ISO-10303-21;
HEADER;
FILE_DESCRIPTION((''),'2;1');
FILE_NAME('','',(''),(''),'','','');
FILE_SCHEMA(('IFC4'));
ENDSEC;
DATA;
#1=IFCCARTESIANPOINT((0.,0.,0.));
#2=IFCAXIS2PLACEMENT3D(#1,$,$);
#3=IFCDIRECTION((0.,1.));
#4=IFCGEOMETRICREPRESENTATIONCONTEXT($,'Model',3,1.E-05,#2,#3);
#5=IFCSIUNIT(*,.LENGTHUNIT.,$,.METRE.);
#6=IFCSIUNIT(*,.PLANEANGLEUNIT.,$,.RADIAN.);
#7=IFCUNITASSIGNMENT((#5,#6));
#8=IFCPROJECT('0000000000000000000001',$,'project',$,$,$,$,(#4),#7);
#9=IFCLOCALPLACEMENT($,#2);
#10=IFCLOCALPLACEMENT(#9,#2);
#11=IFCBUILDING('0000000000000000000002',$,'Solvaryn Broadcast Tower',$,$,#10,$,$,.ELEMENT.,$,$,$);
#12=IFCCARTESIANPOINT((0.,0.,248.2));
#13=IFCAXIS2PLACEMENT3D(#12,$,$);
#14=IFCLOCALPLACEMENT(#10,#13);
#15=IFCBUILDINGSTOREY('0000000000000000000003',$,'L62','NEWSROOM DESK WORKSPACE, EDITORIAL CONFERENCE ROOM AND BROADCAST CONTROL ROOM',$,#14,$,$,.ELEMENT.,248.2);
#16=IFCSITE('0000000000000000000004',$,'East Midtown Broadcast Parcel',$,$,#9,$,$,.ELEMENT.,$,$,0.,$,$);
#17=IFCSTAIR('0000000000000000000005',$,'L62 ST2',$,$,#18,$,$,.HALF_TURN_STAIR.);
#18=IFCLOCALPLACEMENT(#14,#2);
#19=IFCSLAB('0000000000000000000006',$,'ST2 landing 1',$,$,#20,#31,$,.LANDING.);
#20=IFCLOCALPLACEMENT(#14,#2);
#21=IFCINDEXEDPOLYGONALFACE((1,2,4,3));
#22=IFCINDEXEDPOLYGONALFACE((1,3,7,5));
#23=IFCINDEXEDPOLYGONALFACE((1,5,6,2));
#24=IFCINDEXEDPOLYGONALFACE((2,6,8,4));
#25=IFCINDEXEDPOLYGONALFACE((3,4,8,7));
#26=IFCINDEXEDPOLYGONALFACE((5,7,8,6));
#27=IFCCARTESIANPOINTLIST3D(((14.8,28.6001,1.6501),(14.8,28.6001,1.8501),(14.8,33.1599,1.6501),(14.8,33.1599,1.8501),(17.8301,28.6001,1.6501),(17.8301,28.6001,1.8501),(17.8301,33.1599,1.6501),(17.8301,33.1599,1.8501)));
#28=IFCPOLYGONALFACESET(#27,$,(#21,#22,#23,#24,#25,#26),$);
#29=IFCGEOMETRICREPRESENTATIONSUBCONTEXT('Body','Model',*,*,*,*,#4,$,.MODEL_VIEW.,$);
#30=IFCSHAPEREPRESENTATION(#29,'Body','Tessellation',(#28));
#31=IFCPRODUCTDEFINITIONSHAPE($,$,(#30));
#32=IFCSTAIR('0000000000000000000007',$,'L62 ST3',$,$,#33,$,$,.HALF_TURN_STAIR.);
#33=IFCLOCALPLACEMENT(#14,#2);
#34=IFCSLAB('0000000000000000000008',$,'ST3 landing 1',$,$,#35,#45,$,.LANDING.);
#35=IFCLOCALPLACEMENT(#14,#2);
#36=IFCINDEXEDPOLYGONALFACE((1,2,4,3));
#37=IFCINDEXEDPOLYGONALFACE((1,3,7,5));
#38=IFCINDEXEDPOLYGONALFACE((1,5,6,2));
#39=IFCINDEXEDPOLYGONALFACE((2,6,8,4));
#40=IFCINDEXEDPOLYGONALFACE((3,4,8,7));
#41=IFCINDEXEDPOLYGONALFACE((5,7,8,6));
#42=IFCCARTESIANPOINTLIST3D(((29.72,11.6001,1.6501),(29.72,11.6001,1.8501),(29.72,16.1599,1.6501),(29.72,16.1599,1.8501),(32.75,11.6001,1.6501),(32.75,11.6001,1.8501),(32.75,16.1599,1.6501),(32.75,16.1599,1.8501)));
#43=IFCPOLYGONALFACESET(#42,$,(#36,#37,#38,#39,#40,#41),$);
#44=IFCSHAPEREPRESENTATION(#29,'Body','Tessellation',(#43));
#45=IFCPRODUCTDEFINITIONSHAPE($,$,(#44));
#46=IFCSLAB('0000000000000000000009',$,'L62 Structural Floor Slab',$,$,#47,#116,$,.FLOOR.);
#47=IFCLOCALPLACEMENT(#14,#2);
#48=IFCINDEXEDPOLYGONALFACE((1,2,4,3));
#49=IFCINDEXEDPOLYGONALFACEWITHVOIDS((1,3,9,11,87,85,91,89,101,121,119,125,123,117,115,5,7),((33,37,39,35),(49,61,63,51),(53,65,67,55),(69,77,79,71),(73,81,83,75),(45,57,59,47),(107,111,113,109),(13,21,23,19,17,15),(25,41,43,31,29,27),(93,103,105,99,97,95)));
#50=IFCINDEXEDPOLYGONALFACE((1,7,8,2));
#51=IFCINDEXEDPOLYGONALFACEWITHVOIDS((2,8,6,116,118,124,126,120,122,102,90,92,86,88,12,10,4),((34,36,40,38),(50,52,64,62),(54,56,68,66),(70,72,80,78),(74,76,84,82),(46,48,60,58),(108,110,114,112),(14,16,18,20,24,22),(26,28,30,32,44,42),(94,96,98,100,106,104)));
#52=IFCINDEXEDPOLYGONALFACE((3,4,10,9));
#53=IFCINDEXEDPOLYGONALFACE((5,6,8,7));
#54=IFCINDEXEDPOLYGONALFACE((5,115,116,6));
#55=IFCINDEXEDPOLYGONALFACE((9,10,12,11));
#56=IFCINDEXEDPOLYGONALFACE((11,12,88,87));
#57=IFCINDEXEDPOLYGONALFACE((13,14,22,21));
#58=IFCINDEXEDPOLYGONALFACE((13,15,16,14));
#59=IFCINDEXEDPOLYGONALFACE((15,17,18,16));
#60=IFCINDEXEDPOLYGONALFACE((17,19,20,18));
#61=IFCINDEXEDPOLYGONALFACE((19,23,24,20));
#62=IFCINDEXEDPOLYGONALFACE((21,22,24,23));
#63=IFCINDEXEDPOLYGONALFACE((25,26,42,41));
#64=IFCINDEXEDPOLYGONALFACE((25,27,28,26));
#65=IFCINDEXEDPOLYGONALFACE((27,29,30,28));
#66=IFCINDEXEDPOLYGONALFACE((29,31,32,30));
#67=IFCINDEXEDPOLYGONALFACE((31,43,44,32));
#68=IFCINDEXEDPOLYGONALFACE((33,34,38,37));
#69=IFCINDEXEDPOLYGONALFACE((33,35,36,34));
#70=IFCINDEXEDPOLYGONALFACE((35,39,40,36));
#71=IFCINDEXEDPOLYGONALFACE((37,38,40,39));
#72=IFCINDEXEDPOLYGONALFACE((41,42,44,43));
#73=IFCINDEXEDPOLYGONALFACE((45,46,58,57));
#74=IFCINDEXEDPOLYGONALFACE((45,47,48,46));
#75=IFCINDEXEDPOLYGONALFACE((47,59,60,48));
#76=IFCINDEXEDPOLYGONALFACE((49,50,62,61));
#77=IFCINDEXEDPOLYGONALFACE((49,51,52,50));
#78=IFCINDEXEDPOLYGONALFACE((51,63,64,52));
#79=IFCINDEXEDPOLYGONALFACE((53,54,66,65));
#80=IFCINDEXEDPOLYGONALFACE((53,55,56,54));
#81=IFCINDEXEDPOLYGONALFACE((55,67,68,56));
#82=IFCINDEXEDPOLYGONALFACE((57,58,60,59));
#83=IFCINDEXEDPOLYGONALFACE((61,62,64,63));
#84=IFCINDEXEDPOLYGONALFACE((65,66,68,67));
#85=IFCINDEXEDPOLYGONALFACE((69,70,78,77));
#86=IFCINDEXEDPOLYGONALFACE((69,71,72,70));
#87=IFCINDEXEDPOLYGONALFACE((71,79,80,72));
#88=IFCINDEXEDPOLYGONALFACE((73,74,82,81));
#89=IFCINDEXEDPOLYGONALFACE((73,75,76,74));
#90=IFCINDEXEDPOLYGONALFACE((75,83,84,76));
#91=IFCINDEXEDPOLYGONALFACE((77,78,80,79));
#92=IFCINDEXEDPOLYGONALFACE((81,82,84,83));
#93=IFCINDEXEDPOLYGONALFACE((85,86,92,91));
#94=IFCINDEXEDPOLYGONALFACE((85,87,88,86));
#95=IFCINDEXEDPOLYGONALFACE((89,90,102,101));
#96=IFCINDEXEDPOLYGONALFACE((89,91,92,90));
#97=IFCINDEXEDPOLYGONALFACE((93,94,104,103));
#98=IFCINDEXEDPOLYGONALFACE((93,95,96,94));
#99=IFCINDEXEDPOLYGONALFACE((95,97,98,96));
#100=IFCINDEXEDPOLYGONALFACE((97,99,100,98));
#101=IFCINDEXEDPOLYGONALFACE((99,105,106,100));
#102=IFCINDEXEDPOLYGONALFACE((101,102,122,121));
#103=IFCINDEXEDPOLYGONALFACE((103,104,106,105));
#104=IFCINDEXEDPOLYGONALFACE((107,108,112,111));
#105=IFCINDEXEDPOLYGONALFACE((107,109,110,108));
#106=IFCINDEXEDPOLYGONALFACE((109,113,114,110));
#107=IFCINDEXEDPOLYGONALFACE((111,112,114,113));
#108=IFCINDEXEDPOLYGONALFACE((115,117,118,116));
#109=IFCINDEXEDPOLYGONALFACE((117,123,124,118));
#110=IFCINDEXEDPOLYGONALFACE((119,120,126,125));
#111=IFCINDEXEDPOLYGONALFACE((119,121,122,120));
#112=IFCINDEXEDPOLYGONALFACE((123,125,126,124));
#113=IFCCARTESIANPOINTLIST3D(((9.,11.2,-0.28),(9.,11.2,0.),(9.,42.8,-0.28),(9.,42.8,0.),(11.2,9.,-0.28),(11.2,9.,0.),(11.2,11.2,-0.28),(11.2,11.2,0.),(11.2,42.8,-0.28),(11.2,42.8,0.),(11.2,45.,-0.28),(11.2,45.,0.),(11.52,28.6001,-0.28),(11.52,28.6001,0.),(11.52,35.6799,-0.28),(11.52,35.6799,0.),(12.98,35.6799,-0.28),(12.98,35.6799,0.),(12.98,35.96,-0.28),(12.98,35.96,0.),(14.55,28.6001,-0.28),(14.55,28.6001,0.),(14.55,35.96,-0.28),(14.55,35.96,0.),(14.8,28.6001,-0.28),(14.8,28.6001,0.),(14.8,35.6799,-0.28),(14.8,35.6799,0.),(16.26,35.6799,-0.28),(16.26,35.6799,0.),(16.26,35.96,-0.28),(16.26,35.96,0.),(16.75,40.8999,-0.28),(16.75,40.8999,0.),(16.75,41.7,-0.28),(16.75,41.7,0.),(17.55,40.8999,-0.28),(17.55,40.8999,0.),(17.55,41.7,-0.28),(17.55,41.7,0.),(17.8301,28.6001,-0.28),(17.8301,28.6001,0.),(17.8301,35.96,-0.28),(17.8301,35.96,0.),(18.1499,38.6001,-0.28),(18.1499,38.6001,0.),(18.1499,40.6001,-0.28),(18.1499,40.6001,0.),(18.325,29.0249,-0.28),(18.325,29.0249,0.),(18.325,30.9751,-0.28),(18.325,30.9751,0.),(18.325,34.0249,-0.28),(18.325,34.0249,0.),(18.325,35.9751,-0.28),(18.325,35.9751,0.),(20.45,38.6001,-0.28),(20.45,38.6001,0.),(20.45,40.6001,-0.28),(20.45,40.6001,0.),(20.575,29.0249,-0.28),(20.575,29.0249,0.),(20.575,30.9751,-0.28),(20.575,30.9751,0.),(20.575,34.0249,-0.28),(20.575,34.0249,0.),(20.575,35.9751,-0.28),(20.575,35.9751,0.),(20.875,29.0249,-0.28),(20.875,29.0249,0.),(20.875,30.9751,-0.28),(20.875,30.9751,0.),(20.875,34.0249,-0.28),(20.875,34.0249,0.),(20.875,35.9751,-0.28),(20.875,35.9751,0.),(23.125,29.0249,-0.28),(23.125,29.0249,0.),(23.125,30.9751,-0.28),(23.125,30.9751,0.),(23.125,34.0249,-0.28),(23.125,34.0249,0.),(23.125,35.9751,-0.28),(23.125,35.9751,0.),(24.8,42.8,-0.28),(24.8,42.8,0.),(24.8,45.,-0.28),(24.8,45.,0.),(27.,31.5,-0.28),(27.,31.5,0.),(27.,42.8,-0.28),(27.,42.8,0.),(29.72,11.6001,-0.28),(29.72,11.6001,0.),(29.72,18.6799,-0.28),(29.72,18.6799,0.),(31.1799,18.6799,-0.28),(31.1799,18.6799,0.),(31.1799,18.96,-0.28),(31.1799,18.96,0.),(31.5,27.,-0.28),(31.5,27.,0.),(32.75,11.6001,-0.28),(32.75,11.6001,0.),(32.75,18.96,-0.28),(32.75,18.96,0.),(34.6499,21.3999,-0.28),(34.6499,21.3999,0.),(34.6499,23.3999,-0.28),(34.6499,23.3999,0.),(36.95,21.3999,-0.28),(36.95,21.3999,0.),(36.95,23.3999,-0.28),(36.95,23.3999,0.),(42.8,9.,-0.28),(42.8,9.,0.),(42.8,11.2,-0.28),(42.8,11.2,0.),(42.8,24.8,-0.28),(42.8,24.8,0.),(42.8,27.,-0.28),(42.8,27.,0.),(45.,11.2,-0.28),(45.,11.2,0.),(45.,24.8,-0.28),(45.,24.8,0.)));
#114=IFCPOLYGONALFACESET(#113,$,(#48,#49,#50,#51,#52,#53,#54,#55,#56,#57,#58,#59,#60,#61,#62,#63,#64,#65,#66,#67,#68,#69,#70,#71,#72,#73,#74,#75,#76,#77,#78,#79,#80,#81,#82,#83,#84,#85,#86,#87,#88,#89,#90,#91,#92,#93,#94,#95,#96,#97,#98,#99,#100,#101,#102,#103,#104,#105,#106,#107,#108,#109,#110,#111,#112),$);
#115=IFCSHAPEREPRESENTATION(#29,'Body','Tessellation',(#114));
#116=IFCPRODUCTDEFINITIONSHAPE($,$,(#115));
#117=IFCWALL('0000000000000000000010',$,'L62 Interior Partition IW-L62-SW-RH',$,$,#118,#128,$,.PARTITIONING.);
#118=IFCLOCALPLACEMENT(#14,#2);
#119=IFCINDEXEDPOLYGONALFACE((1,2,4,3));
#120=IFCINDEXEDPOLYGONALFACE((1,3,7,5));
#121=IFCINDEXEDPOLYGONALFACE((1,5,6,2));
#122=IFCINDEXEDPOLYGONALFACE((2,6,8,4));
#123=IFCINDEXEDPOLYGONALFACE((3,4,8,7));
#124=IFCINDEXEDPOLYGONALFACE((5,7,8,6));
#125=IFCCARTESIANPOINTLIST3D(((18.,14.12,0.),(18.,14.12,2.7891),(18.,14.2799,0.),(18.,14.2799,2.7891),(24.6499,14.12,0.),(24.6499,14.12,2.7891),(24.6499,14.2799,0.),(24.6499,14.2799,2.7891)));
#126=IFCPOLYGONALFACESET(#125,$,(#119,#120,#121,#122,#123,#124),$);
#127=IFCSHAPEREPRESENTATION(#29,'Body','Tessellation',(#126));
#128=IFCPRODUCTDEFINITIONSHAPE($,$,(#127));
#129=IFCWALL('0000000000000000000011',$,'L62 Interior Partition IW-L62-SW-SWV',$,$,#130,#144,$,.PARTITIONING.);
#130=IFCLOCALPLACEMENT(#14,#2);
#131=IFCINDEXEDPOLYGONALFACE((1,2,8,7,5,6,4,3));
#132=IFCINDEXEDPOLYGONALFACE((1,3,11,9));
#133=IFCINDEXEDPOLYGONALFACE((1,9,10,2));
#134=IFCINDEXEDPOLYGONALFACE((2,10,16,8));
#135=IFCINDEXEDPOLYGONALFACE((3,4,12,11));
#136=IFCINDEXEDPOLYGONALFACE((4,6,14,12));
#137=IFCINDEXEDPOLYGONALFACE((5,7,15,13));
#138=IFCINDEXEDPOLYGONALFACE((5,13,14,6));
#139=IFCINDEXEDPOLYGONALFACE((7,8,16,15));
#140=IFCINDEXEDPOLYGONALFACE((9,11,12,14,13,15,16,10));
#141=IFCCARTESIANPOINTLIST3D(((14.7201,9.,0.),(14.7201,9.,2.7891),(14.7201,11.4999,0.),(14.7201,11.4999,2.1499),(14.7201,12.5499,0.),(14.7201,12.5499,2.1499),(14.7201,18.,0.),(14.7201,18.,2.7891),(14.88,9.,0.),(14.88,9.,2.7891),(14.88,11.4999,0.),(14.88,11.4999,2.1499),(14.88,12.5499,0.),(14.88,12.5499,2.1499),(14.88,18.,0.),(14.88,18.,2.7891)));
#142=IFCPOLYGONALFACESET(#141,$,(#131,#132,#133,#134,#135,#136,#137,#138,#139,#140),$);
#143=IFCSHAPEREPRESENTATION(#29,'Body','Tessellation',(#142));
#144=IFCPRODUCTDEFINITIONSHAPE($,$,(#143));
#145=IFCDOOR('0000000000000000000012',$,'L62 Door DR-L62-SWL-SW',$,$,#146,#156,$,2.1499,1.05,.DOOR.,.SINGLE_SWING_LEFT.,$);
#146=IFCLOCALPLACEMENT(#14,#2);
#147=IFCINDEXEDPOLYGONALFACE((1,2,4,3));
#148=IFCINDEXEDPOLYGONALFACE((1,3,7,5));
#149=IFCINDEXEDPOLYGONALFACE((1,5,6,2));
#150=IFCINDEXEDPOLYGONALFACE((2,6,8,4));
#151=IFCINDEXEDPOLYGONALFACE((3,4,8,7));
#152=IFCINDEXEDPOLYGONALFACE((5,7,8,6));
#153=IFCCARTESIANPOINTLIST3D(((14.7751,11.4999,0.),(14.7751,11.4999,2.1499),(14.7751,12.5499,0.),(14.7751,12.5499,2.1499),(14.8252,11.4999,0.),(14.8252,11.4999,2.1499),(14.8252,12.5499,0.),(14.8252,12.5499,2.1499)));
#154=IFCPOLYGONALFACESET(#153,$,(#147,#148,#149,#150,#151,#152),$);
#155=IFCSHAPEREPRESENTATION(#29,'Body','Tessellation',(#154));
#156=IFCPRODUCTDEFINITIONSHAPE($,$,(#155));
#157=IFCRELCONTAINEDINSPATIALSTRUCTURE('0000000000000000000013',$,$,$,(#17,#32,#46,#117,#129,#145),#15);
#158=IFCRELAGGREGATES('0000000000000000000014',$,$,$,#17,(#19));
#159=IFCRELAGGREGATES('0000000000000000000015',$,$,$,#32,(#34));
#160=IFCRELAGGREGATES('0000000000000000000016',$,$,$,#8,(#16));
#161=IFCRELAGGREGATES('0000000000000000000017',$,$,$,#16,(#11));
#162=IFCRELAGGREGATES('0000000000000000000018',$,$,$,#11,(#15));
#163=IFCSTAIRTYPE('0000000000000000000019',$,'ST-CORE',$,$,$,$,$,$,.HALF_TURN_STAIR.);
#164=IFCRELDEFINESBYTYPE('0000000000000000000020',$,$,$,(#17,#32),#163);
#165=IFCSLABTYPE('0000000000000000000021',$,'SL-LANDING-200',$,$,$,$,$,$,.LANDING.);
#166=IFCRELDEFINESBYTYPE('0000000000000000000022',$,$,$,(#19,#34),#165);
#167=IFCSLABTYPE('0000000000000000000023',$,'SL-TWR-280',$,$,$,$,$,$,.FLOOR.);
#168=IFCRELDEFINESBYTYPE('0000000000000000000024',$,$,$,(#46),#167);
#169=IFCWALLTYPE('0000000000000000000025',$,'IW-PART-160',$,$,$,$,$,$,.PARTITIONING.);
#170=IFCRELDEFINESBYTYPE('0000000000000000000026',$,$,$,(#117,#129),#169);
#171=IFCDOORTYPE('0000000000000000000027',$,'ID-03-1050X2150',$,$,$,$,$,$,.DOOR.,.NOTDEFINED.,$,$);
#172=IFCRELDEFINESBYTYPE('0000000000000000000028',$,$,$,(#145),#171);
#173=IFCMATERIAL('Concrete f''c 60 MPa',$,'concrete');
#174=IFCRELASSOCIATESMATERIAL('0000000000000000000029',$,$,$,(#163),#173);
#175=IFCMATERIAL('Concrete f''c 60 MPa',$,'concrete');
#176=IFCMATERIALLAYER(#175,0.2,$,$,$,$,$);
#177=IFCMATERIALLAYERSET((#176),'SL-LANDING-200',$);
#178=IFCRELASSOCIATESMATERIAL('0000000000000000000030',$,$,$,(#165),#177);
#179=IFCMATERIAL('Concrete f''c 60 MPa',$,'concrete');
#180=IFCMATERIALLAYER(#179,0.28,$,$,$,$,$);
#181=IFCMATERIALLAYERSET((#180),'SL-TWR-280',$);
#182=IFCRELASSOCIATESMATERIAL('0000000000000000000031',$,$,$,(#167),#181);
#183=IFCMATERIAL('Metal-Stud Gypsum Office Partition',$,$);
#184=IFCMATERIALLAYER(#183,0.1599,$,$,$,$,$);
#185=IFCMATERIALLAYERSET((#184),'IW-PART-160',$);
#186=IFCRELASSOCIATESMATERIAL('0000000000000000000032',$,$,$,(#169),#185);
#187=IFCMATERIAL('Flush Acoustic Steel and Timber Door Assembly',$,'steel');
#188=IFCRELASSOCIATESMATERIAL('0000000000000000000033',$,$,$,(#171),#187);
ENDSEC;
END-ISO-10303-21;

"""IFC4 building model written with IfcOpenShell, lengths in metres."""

from ifc_helpers import new_model, si_unit, direction, frame, frame_2d, origin, place, context, subcontext, project, spatial, polyline, rectangle, outline, extrude, material, layer, layer_set, type_object, element, fill, aggregate, save


model = new_model("IFC4")

# Units and contexts
model_context = context("Model", 3, precision=1e-05, world=origin(), true_north=direction((0.0, 1.0)))
body_context = subcontext(model_context, "Body", "Model", "MODEL_VIEW")
ifc_project = project(units=[si_unit("LENGTHUNIT", "METRE"), si_unit("PLANEANGLEUNIT", "RADIAN")], contexts=[model_context])

# Site, building, storey
site_placement = place(None, origin())
site = spatial("IfcSite", under=ifc_project, at=site_placement, Name="East Midtown Broadcast Parcel", CompositionType="ELEMENT", RefElevation=0.0)
building_placement = place(site_placement, origin())
building = spatial("IfcBuilding", under=site, at=building_placement, Name="Solvaryn Broadcast Tower", CompositionType="ELEMENT")
storey_placement = place(building_placement, frame((0.0, 0.0, 248.2)))
storey = spatial("IfcBuildingStorey", under=building, at=storey_placement, Name="L62", Description="NEWSROOM DESK WORKSPACE, EDITORIAL CONFERENCE ROOM AND BROADCAST CONTROL ROOM", CompositionType="ELEMENT", Elevation=248.2)

# Stairs, slabs
ifc_material_1 = material(Name="Concrete f'c 60 MPa", Category="concrete")
stair_type = type_object("IfcStairType", Name="ST-CORE", PredefinedType="HALF_TURN_STAIR", material=ifc_material_1)
ifc_material_2 = material(Name="Concrete f'c 60 MPa", Category="concrete")
ifc_layer_1 = layer(ifc_material_2, 0.2)
ifc_layer_set_1 = layer_set([ifc_layer_1], Name="SL-LANDING-200")
slab_type_1 = type_object("IfcSlabType", Name="SL-LANDING-200", PredefinedType="LANDING", material=ifc_layer_set_1)
stair_1_placement = place(storey_placement, origin())
stair_1 = element("IfcStair", 1, at=stair_1_placement, inside=storey, type_object=stair_type, Name="L62 ST2", PredefinedType="HALF_TURN_STAIR")
slab_1_placement = place(storey_placement, frame((0.0, 0.0, 1.6501)))
slab_1 = element("IfcSlab", 2, at=slab_1_placement, type_object=slab_type_1, Name="ST2 landing 1", PredefinedType="LANDING", context=body_context, shape_type="SweptSolid", body=[
    extrude(outline(polyline([(14.8, 33.1599), (14.8, 28.6001), (17.8301, 28.6001), (17.8301, 33.1599), (14.8, 33.1599)])), origin(), (0.0, 0.0, 1.0), 0.2),
])
aggregate(stair_1, [slab_1])
stair_2_placement = place(storey_placement, origin())
stair_2 = element("IfcStair", 3, at=stair_2_placement, inside=storey, type_object=stair_type, Name="L62 ST3", PredefinedType="HALF_TURN_STAIR")
slab_2_placement = place(storey_placement, frame((0.0, 0.0, 1.6501)))
slab_2 = element("IfcSlab", 4, at=slab_2_placement, type_object=slab_type_1, Name="ST3 landing 1", PredefinedType="LANDING", context=body_context, shape_type="SweptSolid", body=[
    extrude(outline(polyline([(29.72, 16.1599), (29.72, 11.6001), (32.75, 11.6001), (32.75, 16.1599), (29.72, 16.1599)])), origin(), (0.0, 0.0, 1.0), 0.2),
])
aggregate(stair_2, [slab_2])

# Slab
ifc_material_3 = material(Name="Concrete f'c 60 MPa", Category="concrete")
ifc_layer_2 = layer(ifc_material_3, 0.28)
ifc_layer_set_2 = layer_set([ifc_layer_2], Name="SL-TWR-280")
slab_type_2 = type_object("IfcSlabType", Name="SL-TWR-280", PredefinedType="FLOOR", material=ifc_layer_set_2)
slab_3_placement = place(storey_placement, frame((0.0, 0.0, -0.28)))
element("IfcSlab", 5, at=slab_3_placement, inside=storey, type_object=slab_type_2, Name="L62 Structural Floor Slab", PredefinedType="FLOOR", context=body_context, shape_type="SweptSolid", body=[
    extrude(outline(polyline([(11.2, 9.0), (42.8, 9.0), (42.8, 11.2), (45.0, 11.2), (45.0, 24.8), (42.8, 24.8), (42.8, 27.0), (31.5, 27.0), (27.0, 31.5), (27.0, 42.8), (24.8, 42.8), (24.8, 45.0), (11.2, 45.0), (11.2, 42.8), (9.0, 42.8), (9.0, 11.2), (11.2, 11.2), (11.2, 9.0)]), holes=[polyline([(11.52, 28.6001), (14.55, 28.6001), (14.55, 35.96), (12.98, 35.96), (12.98, 35.6799), (11.52, 35.6799), (11.52, 28.6001)]), polyline([(14.8, 28.6001), (17.8301, 28.6001), (17.8301, 35.96), (16.26, 35.96), (16.26, 35.6799), (14.8, 35.6799), (14.8, 28.6001)]), polyline([(29.72, 11.6001), (32.75, 11.6001), (32.75, 18.96), (31.1799, 18.96), (31.1799, 18.6799), (29.72, 18.6799), (29.72, 11.6001)]), polyline([(18.1499, 38.6001), (20.45, 38.6001), (20.45, 40.6001), (18.1499, 40.6001), (18.1499, 38.6001)]), polyline([(18.325, 29.0249), (20.575, 29.0249), (20.575, 30.9751), (18.325, 30.9751), (18.325, 29.0249)]), polyline([(20.875, 29.0249), (23.125, 29.0249), (23.125, 30.9751), (20.875, 30.9751), (20.875, 29.0249)]), polyline([(18.325, 34.0249), (20.575, 34.0249), (20.575, 35.9751), (18.325, 35.9751), (18.325, 34.0249)]), polyline([(20.875, 34.0249), (23.125, 34.0249), (23.125, 35.9751), (20.875, 35.9751), (20.875, 34.0249)]), polyline([(34.6499, 21.3999), (36.95, 21.3999), (36.95, 23.3999), (34.6499, 23.3999), (34.6499, 21.3999)]), polyline([(16.75, 40.8999), (17.55, 40.8999), (17.55, 41.7), (16.75, 41.7), (16.75, 40.8999)])]), origin(), (0.0, 0.0, 1.0), 0.28),
])

# Wall
ifc_material_4 = material(Name="Metal-Stud Gypsum Office Partition")
ifc_layer_3 = layer(ifc_material_4, 0.1599)
ifc_layer_set_3 = layer_set([ifc_layer_3], Name="IW-PART-160")
wall_type_1 = type_object("IfcWallType", Name="IW-PART-160", PredefinedType="PARTITIONING", material=ifc_layer_set_3)
wall_1_placement = place(storey_placement, frame((18.0, 14.2, 0.0), z_axis=(0.0, 0.0, 1.0), x_axis=(1.0, 0.0, 0.0)))
element("IfcWall", 6, at=wall_1_placement, inside=storey, type_object=wall_type_1, Name="L62 Interior Partition IW-L62-SW-RH", PredefinedType="PARTITIONING", context=body_context, shape_type="SweptSolid", body=[
    extrude(rectangle(XDim=6.6499, YDim=0.1599, at=frame_2d((3.325, 0.0))), origin(), (0.0, 0.0, 1.0), 2.7891),
])

# Wall, opening, door
wall_2_placement = place(storey_placement, frame((14.8, 9.0, 0.0), z_axis=(0.0, 0.0, 1.0), x_axis=(0.0, 1.0, 0.0)))
wall_2 = element("IfcWall", 7, at=wall_2_placement, inside=storey, type_object=wall_type_1, Name="L62 Interior Partition IW-L62-SW-SWV", PredefinedType="PARTITIONING", context=body_context, shape_type="SweptSolid", body=[
    extrude(rectangle(XDim=9.0, YDim=0.1599, at=frame_2d((4.5, 0.0))), origin(), (0.0, 0.0, 1.0), 2.7891),
])
opening_1_placement = place(wall_2_placement, frame((2.5, 0.0, 0.0)))
opening_1 = element("IfcOpeningElement", 8, at=opening_1_placement, cuts=wall_2, PredefinedType="OPENING", context=body_context, shape_type="SweptSolid", body=[
    extrude(rectangle(XDim=1.05, YDim=2.1499, at=frame_2d((0.5249, 1.075))), frame((0.0, 0.0901, 0.0), z_axis=(0.0, -1.0, 0.0), x_axis=(1.0, 0.0, 0.0)), (0.0, 0.0, 1.0), 0.1799),
])
ifc_material_5 = material(Name="Flush Acoustic Steel and Timber Door Assembly", Category="steel")
door_type_1 = type_object("IfcDoorType", Name="ID-03-1050X2150", OperationType="NOTDEFINED", PredefinedType="DOOR", material=ifc_material_5)
door_1_placement = place(opening_1_placement, origin())
door_1 = element("IfcDoor", 9, at=door_1_placement, inside=storey, type_object=door_type_1, Name="L62 Door DR-L62-SWL-SW", OperationType="SINGLE_SWING_LEFT", OverallHeight=2.1499, OverallWidth=1.05, PredefinedType="DOOR", context=body_context, shape_type="SweptSolid", body=[
    extrude(rectangle(XDim=1.05, YDim=2.1499, at=frame_2d((0.5249, 1.075))), frame((0.0, 0.0249, 0.0), z_axis=(0.0, -1.0, 0.0), x_axis=(1.0, 0.0, 0.0)), (0.0, 0.0, 1.0), 0.05),
])
fill(opening_1, door_1)

save(model, "model.ifc")
